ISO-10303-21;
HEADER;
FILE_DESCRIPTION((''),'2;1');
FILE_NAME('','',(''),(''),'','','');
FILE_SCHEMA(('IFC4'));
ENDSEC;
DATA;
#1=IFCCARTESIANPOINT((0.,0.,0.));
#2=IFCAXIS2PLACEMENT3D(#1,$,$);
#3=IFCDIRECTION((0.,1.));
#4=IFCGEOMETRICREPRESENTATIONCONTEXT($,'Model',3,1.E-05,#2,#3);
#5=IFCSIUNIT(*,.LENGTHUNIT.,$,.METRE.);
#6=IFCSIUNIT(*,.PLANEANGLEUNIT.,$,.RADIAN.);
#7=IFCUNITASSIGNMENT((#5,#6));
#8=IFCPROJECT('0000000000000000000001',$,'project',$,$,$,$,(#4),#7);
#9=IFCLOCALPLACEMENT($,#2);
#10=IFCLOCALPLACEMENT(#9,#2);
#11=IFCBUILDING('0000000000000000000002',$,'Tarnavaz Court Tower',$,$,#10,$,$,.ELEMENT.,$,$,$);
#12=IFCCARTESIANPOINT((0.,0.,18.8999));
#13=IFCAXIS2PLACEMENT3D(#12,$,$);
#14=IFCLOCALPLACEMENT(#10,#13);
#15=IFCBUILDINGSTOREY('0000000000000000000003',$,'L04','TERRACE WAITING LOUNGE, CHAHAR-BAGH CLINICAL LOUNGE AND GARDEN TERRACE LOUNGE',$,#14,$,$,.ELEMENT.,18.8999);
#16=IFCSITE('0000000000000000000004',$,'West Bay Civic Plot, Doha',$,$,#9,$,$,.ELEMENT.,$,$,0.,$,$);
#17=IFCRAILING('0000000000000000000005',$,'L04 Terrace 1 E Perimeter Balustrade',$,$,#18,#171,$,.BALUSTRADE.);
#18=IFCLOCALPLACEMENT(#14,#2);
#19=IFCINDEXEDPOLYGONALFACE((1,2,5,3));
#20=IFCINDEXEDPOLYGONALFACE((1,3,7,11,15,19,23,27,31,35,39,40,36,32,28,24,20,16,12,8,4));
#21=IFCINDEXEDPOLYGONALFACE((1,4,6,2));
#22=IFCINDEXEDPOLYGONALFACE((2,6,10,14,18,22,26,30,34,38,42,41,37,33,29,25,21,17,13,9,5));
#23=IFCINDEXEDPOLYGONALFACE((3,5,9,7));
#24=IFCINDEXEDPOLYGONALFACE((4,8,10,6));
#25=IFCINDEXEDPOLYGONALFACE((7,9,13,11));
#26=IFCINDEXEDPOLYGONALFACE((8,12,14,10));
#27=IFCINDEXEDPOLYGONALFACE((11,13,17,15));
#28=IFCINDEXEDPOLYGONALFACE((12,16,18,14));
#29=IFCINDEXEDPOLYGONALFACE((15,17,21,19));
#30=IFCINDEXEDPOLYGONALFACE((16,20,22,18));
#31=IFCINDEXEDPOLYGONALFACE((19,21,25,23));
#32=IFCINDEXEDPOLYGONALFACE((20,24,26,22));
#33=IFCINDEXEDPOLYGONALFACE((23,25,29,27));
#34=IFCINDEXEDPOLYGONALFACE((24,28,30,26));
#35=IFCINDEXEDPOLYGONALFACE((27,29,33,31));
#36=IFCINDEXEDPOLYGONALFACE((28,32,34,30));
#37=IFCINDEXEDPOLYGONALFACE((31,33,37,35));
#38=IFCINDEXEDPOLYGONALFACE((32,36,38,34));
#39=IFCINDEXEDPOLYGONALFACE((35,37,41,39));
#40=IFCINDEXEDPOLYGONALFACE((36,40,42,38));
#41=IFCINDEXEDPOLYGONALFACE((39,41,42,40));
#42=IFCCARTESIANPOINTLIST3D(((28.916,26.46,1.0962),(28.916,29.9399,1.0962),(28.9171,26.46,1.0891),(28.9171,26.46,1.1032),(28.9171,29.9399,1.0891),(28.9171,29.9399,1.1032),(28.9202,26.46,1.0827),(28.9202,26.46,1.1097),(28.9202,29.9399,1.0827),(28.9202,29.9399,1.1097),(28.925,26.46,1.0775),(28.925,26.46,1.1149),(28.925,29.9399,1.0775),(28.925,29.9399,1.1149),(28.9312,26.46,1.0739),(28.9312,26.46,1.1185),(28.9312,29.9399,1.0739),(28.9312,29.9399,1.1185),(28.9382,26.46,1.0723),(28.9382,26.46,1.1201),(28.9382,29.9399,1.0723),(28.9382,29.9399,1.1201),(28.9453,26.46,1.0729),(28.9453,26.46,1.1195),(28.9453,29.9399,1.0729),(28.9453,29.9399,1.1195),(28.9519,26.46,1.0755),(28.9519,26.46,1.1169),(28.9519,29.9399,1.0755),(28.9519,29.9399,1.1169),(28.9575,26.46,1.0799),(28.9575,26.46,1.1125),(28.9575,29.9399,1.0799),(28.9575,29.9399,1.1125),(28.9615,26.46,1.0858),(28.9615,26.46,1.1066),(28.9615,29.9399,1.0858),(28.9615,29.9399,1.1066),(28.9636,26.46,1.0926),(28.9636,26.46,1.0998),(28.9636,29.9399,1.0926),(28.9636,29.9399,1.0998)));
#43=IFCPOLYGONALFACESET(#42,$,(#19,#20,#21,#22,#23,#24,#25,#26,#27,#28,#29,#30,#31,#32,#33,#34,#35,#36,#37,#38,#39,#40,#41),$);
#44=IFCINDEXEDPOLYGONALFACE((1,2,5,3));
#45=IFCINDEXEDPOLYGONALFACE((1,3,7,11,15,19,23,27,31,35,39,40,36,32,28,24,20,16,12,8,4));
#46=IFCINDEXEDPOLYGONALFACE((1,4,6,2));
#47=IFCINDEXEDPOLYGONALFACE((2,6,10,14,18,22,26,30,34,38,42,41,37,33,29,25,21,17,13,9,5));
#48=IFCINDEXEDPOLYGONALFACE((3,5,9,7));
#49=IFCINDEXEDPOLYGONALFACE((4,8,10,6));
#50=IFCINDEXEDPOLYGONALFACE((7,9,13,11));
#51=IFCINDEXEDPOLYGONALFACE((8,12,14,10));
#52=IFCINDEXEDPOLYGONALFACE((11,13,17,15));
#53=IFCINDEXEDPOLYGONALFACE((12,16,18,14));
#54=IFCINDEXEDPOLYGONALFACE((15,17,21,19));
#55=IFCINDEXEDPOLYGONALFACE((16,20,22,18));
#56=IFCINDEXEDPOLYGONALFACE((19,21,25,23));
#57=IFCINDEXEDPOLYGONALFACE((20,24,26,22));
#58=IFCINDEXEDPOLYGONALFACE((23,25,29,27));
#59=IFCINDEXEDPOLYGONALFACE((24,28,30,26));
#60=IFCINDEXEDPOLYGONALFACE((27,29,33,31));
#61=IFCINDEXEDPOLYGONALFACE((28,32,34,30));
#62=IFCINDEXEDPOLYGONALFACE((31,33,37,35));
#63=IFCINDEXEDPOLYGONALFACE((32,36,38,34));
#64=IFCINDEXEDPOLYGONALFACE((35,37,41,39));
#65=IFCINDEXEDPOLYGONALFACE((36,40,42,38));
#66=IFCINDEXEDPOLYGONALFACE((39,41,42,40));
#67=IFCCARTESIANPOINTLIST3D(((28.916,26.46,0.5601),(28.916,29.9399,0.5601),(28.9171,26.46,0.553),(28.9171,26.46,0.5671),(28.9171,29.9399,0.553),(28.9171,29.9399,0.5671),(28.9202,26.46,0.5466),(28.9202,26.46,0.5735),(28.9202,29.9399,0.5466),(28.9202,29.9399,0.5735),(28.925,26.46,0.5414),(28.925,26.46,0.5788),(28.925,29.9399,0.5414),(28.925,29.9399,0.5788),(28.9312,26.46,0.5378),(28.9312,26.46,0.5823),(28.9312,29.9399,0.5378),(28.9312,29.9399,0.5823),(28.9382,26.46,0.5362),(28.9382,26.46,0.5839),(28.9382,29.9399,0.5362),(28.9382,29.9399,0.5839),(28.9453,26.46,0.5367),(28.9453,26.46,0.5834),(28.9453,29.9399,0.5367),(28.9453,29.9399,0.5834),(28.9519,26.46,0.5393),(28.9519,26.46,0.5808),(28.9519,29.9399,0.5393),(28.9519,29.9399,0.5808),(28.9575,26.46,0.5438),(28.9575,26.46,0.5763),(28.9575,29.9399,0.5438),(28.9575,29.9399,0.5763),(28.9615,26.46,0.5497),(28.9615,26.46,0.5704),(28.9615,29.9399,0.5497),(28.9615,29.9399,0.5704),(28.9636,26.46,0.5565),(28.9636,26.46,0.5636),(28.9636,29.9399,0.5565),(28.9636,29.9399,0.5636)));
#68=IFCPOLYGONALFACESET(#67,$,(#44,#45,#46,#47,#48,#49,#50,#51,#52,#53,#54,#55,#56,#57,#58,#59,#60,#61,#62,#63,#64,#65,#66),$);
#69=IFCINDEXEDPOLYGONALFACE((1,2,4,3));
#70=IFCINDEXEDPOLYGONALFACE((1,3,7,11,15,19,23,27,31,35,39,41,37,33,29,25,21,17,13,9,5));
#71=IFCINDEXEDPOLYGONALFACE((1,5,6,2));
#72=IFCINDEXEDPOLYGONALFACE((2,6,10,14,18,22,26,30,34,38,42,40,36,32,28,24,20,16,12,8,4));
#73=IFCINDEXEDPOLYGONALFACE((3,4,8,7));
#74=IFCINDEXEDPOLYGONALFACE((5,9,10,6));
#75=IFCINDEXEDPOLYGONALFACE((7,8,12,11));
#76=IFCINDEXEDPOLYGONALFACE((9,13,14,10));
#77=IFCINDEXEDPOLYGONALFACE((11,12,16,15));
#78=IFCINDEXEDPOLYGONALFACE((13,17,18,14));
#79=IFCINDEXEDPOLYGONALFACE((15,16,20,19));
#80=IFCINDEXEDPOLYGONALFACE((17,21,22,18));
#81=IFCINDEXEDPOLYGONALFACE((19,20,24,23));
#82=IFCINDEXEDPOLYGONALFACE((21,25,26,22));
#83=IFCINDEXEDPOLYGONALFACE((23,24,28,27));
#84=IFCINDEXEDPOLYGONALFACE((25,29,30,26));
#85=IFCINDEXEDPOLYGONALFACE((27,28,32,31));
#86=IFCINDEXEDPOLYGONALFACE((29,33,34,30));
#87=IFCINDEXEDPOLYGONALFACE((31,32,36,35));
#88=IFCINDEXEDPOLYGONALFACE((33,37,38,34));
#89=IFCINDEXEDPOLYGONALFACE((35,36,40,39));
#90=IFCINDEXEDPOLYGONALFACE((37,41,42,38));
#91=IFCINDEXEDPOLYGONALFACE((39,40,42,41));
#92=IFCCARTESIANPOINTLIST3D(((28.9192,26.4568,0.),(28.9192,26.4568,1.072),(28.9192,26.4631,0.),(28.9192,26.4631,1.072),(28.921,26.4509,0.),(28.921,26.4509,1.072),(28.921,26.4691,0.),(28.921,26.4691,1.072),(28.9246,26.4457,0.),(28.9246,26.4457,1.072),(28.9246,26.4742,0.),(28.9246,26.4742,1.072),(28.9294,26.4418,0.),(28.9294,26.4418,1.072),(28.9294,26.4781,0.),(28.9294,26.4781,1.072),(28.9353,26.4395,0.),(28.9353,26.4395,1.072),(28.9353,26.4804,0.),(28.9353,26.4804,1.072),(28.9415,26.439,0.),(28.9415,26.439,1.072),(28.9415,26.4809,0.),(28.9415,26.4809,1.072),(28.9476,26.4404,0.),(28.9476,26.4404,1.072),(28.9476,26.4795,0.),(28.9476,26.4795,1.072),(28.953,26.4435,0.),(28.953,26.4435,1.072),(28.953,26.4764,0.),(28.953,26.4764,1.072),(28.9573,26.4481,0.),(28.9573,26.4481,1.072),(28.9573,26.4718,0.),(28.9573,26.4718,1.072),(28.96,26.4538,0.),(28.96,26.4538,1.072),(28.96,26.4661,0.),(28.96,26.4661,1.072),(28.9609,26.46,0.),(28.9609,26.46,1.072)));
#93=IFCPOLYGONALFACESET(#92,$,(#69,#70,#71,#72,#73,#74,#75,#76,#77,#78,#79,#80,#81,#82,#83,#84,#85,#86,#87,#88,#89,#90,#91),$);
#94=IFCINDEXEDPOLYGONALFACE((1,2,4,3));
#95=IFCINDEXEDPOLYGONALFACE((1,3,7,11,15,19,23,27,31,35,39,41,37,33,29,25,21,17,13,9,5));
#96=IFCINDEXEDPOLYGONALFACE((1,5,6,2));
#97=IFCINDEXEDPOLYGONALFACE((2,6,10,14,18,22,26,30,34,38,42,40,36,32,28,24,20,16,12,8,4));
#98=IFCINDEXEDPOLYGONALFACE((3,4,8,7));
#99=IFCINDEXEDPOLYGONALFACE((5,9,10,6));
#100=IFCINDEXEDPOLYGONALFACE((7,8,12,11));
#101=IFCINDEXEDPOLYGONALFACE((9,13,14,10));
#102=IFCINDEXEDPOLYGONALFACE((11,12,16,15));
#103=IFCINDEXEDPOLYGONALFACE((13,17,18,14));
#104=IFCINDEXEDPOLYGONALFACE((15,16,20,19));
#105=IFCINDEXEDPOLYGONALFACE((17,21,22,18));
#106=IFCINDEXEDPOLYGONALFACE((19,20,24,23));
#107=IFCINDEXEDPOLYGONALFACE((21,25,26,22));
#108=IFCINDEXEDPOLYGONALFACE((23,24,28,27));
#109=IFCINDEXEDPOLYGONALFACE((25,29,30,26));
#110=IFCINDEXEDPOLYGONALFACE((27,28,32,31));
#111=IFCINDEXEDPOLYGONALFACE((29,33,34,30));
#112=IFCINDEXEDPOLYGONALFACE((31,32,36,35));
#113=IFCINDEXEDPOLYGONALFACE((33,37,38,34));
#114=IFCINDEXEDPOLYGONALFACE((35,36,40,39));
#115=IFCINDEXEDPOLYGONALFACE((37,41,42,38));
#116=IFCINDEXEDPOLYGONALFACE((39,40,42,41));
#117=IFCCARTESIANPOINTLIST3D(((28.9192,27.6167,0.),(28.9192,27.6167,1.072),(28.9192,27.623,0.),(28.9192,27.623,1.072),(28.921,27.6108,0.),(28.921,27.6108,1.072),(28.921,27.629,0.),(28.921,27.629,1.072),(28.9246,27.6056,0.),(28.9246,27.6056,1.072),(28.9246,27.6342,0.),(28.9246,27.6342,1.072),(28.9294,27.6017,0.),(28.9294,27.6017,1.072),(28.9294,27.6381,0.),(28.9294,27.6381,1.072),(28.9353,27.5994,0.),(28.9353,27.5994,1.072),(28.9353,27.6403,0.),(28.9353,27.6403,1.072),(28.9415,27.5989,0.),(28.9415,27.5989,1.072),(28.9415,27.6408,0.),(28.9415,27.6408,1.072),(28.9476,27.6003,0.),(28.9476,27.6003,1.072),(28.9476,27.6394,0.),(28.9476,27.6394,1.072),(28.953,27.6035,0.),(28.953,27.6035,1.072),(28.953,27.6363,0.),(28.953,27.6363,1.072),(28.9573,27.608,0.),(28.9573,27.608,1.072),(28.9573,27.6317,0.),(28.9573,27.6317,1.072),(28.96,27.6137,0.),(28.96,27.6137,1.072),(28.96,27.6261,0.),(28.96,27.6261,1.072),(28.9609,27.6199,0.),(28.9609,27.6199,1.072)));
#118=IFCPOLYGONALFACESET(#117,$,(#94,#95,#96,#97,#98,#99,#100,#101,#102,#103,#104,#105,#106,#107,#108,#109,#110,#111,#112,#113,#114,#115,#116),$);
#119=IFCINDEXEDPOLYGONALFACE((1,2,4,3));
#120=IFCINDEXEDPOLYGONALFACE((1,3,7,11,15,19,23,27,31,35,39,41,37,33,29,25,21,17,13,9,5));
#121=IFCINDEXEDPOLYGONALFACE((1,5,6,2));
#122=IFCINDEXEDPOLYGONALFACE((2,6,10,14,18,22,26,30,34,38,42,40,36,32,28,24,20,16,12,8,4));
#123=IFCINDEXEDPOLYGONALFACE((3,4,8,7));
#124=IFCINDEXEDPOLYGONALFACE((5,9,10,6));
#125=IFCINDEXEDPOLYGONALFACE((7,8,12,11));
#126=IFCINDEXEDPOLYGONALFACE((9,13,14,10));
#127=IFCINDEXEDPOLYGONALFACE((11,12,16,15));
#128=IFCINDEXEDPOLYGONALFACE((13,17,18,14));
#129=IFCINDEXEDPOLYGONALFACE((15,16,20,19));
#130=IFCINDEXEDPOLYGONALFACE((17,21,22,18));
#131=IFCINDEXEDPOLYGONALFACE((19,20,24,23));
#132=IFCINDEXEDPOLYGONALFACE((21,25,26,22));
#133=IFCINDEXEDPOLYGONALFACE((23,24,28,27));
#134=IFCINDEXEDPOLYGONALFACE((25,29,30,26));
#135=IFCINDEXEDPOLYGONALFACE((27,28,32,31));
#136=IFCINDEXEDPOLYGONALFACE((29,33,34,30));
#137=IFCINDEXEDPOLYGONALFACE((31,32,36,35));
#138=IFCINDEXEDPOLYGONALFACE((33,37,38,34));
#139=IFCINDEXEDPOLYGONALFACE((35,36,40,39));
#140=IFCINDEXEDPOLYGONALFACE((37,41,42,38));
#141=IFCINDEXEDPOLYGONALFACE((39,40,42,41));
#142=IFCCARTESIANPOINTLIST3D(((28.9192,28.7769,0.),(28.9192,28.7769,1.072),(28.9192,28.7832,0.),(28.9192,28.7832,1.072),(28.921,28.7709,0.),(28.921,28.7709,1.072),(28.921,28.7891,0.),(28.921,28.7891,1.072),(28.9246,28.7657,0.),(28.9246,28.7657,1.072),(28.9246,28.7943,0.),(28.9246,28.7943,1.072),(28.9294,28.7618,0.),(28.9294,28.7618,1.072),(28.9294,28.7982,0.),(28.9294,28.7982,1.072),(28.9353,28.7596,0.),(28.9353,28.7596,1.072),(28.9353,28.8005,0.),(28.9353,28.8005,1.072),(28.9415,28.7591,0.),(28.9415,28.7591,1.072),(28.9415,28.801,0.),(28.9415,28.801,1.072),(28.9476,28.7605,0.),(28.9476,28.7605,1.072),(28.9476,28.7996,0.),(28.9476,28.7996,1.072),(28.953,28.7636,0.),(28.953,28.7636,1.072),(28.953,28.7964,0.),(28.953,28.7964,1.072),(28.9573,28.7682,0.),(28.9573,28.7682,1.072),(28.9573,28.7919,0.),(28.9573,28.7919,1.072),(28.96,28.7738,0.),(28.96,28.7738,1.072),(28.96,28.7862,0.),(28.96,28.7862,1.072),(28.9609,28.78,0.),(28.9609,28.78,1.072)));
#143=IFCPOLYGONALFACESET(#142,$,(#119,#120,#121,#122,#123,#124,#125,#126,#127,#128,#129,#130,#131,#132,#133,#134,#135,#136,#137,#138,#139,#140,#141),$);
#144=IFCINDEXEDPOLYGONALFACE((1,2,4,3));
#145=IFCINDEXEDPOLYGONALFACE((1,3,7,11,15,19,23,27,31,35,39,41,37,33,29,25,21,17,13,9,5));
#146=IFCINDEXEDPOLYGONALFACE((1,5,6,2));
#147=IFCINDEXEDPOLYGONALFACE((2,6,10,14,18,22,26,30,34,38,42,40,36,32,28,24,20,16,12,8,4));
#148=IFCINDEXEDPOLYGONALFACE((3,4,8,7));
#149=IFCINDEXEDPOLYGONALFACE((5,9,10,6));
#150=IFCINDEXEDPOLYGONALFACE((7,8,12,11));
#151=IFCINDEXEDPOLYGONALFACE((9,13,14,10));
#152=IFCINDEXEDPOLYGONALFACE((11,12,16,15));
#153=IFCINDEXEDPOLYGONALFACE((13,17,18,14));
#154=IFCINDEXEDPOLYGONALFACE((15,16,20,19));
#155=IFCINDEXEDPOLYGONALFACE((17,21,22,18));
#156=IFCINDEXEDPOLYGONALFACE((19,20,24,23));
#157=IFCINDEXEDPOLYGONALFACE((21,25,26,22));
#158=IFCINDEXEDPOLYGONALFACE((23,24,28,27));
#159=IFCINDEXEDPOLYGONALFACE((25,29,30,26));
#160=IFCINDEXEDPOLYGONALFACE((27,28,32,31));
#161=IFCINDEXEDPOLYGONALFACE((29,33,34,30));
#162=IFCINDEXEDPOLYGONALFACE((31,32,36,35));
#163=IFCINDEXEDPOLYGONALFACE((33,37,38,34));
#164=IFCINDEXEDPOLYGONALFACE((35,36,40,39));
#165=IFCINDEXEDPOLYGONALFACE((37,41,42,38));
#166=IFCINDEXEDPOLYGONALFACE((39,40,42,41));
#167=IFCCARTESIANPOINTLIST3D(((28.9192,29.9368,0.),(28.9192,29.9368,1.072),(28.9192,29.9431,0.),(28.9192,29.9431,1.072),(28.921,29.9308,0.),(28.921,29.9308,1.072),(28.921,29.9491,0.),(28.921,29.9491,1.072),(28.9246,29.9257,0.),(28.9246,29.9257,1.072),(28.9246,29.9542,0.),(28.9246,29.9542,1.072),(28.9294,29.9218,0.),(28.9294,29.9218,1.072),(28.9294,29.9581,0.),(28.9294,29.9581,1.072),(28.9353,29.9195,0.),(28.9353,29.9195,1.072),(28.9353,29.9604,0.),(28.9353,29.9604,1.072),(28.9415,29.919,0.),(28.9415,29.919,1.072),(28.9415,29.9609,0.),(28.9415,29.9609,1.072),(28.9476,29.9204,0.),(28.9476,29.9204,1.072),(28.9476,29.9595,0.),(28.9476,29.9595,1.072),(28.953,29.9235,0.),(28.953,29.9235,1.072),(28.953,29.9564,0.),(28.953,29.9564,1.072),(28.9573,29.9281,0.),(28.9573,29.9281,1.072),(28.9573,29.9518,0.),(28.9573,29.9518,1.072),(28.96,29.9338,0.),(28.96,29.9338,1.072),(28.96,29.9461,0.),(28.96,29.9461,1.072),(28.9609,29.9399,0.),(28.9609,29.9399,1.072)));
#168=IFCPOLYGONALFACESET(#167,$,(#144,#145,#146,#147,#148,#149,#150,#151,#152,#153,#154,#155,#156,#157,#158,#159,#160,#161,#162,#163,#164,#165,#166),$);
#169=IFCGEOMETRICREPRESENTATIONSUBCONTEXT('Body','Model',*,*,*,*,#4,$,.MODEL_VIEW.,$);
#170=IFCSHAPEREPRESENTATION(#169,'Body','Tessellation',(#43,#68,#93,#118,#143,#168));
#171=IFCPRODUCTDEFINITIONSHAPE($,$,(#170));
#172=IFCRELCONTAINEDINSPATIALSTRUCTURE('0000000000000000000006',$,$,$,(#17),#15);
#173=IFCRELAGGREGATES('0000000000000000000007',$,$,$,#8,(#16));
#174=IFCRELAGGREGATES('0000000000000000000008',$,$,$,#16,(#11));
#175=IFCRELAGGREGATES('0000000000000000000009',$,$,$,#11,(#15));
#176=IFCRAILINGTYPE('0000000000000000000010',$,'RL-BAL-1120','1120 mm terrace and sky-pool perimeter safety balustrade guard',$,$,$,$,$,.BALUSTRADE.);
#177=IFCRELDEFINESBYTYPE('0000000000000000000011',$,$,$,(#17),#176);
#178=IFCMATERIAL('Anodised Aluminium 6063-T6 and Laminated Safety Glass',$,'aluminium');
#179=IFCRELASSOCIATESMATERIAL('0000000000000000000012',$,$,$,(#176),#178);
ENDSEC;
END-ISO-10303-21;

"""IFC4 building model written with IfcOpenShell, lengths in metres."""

from ifc_helpers import new_model, si_unit, direction, frame, origin, origin_2d, place, context, subcontext, project, spatial, circle, extrude, material, type_object, element, save


model = new_model("IFC4")

# Units and contexts
model_context = context("Model", 3, precision=1e-05, world=origin(), true_north=direction((0.0, 1.0)))
body_context = subcontext(model_context, "Body", "Model", "MODEL_VIEW")
ifc_project = project(units=[si_unit("LENGTHUNIT", "METRE"), si_unit("PLANEANGLEUNIT", "RADIAN")], contexts=[model_context])

# Site, building, storey
site_placement = place(None, origin())
site = spatial("IfcSite", under=ifc_project, at=site_placement, Name="West Bay Civic Plot, Doha", CompositionType="ELEMENT", RefElevation=0.0)
building_placement = place(site_placement, origin())
building = spatial("IfcBuilding", under=site, at=building_placement, Name="Tarnavaz Court Tower", CompositionType="ELEMENT")
storey_placement = place(building_placement, frame((0.0, 0.0, 18.8999)))
storey = spatial("IfcBuildingStorey", under=building, at=storey_placement, Name="L04", Description="TERRACE WAITING LOUNGE, CHAHAR-BAGH CLINICAL LOUNGE AND GARDEN TERRACE LOUNGE", CompositionType="ELEMENT", Elevation=18.8999)

# Railing
ifc_material_1 = material(Name="Anodised Aluminium 6063-T6 and Laminated Safety Glass", Category="aluminium")
railing_type_1 = type_object("IfcRailingType", Name="RL-BAL-1120", Description="1120 mm terrace and sky-pool perimeter safety balustrade guard", PredefinedType="BALUSTRADE", material=ifc_material_1)
railing_1_placement = place(storey_placement, frame((28.9399, 26.46, 0.0)))
element("IfcRailing", 1, at=railing_1_placement, inside=storey, type_object=railing_type_1, Name="L04 Terrace 1 E Perimeter Balustrade", PredefinedType="BALUSTRADE", context=body_context, shape_type="SweptSolid", body=[
    extrude(circle(Radius=0.0239, at=origin_2d()), frame((0.0, 0.0, 1.0962), z_axis=(0.0, 1.0, 0.0), x_axis=(-1.0, 0.0, 0.0)), (0.0, 0.0, 1.0), 3.48),
    extrude(circle(Radius=0.0239, at=origin_2d()), frame((0.0, 0.0, 0.5601), z_axis=(0.0, 1.0, 0.0), x_axis=(-1.0, 0.0, 0.0)), (0.0, 0.0, 1.0), 3.48),
    extrude(circle(Radius=0.021, at=origin_2d()), origin(), (0.0, 0.0, 1.0), 1.072),
    extrude(circle(Radius=0.021, at=origin_2d()), frame((0.0, 1.1599, 0.0)), (0.0, 0.0, 1.0), 1.072),
    extrude(circle(Radius=0.021, at=origin_2d()), frame((0.0, 2.3201, 0.0)), (0.0, 0.0, 1.0), 1.072),
    extrude(circle(Radius=0.021, at=origin_2d()), frame((0.0, 3.48, 0.0)), (0.0, 0.0, 1.0), 1.072),
])

save(model, "model.ifc")
